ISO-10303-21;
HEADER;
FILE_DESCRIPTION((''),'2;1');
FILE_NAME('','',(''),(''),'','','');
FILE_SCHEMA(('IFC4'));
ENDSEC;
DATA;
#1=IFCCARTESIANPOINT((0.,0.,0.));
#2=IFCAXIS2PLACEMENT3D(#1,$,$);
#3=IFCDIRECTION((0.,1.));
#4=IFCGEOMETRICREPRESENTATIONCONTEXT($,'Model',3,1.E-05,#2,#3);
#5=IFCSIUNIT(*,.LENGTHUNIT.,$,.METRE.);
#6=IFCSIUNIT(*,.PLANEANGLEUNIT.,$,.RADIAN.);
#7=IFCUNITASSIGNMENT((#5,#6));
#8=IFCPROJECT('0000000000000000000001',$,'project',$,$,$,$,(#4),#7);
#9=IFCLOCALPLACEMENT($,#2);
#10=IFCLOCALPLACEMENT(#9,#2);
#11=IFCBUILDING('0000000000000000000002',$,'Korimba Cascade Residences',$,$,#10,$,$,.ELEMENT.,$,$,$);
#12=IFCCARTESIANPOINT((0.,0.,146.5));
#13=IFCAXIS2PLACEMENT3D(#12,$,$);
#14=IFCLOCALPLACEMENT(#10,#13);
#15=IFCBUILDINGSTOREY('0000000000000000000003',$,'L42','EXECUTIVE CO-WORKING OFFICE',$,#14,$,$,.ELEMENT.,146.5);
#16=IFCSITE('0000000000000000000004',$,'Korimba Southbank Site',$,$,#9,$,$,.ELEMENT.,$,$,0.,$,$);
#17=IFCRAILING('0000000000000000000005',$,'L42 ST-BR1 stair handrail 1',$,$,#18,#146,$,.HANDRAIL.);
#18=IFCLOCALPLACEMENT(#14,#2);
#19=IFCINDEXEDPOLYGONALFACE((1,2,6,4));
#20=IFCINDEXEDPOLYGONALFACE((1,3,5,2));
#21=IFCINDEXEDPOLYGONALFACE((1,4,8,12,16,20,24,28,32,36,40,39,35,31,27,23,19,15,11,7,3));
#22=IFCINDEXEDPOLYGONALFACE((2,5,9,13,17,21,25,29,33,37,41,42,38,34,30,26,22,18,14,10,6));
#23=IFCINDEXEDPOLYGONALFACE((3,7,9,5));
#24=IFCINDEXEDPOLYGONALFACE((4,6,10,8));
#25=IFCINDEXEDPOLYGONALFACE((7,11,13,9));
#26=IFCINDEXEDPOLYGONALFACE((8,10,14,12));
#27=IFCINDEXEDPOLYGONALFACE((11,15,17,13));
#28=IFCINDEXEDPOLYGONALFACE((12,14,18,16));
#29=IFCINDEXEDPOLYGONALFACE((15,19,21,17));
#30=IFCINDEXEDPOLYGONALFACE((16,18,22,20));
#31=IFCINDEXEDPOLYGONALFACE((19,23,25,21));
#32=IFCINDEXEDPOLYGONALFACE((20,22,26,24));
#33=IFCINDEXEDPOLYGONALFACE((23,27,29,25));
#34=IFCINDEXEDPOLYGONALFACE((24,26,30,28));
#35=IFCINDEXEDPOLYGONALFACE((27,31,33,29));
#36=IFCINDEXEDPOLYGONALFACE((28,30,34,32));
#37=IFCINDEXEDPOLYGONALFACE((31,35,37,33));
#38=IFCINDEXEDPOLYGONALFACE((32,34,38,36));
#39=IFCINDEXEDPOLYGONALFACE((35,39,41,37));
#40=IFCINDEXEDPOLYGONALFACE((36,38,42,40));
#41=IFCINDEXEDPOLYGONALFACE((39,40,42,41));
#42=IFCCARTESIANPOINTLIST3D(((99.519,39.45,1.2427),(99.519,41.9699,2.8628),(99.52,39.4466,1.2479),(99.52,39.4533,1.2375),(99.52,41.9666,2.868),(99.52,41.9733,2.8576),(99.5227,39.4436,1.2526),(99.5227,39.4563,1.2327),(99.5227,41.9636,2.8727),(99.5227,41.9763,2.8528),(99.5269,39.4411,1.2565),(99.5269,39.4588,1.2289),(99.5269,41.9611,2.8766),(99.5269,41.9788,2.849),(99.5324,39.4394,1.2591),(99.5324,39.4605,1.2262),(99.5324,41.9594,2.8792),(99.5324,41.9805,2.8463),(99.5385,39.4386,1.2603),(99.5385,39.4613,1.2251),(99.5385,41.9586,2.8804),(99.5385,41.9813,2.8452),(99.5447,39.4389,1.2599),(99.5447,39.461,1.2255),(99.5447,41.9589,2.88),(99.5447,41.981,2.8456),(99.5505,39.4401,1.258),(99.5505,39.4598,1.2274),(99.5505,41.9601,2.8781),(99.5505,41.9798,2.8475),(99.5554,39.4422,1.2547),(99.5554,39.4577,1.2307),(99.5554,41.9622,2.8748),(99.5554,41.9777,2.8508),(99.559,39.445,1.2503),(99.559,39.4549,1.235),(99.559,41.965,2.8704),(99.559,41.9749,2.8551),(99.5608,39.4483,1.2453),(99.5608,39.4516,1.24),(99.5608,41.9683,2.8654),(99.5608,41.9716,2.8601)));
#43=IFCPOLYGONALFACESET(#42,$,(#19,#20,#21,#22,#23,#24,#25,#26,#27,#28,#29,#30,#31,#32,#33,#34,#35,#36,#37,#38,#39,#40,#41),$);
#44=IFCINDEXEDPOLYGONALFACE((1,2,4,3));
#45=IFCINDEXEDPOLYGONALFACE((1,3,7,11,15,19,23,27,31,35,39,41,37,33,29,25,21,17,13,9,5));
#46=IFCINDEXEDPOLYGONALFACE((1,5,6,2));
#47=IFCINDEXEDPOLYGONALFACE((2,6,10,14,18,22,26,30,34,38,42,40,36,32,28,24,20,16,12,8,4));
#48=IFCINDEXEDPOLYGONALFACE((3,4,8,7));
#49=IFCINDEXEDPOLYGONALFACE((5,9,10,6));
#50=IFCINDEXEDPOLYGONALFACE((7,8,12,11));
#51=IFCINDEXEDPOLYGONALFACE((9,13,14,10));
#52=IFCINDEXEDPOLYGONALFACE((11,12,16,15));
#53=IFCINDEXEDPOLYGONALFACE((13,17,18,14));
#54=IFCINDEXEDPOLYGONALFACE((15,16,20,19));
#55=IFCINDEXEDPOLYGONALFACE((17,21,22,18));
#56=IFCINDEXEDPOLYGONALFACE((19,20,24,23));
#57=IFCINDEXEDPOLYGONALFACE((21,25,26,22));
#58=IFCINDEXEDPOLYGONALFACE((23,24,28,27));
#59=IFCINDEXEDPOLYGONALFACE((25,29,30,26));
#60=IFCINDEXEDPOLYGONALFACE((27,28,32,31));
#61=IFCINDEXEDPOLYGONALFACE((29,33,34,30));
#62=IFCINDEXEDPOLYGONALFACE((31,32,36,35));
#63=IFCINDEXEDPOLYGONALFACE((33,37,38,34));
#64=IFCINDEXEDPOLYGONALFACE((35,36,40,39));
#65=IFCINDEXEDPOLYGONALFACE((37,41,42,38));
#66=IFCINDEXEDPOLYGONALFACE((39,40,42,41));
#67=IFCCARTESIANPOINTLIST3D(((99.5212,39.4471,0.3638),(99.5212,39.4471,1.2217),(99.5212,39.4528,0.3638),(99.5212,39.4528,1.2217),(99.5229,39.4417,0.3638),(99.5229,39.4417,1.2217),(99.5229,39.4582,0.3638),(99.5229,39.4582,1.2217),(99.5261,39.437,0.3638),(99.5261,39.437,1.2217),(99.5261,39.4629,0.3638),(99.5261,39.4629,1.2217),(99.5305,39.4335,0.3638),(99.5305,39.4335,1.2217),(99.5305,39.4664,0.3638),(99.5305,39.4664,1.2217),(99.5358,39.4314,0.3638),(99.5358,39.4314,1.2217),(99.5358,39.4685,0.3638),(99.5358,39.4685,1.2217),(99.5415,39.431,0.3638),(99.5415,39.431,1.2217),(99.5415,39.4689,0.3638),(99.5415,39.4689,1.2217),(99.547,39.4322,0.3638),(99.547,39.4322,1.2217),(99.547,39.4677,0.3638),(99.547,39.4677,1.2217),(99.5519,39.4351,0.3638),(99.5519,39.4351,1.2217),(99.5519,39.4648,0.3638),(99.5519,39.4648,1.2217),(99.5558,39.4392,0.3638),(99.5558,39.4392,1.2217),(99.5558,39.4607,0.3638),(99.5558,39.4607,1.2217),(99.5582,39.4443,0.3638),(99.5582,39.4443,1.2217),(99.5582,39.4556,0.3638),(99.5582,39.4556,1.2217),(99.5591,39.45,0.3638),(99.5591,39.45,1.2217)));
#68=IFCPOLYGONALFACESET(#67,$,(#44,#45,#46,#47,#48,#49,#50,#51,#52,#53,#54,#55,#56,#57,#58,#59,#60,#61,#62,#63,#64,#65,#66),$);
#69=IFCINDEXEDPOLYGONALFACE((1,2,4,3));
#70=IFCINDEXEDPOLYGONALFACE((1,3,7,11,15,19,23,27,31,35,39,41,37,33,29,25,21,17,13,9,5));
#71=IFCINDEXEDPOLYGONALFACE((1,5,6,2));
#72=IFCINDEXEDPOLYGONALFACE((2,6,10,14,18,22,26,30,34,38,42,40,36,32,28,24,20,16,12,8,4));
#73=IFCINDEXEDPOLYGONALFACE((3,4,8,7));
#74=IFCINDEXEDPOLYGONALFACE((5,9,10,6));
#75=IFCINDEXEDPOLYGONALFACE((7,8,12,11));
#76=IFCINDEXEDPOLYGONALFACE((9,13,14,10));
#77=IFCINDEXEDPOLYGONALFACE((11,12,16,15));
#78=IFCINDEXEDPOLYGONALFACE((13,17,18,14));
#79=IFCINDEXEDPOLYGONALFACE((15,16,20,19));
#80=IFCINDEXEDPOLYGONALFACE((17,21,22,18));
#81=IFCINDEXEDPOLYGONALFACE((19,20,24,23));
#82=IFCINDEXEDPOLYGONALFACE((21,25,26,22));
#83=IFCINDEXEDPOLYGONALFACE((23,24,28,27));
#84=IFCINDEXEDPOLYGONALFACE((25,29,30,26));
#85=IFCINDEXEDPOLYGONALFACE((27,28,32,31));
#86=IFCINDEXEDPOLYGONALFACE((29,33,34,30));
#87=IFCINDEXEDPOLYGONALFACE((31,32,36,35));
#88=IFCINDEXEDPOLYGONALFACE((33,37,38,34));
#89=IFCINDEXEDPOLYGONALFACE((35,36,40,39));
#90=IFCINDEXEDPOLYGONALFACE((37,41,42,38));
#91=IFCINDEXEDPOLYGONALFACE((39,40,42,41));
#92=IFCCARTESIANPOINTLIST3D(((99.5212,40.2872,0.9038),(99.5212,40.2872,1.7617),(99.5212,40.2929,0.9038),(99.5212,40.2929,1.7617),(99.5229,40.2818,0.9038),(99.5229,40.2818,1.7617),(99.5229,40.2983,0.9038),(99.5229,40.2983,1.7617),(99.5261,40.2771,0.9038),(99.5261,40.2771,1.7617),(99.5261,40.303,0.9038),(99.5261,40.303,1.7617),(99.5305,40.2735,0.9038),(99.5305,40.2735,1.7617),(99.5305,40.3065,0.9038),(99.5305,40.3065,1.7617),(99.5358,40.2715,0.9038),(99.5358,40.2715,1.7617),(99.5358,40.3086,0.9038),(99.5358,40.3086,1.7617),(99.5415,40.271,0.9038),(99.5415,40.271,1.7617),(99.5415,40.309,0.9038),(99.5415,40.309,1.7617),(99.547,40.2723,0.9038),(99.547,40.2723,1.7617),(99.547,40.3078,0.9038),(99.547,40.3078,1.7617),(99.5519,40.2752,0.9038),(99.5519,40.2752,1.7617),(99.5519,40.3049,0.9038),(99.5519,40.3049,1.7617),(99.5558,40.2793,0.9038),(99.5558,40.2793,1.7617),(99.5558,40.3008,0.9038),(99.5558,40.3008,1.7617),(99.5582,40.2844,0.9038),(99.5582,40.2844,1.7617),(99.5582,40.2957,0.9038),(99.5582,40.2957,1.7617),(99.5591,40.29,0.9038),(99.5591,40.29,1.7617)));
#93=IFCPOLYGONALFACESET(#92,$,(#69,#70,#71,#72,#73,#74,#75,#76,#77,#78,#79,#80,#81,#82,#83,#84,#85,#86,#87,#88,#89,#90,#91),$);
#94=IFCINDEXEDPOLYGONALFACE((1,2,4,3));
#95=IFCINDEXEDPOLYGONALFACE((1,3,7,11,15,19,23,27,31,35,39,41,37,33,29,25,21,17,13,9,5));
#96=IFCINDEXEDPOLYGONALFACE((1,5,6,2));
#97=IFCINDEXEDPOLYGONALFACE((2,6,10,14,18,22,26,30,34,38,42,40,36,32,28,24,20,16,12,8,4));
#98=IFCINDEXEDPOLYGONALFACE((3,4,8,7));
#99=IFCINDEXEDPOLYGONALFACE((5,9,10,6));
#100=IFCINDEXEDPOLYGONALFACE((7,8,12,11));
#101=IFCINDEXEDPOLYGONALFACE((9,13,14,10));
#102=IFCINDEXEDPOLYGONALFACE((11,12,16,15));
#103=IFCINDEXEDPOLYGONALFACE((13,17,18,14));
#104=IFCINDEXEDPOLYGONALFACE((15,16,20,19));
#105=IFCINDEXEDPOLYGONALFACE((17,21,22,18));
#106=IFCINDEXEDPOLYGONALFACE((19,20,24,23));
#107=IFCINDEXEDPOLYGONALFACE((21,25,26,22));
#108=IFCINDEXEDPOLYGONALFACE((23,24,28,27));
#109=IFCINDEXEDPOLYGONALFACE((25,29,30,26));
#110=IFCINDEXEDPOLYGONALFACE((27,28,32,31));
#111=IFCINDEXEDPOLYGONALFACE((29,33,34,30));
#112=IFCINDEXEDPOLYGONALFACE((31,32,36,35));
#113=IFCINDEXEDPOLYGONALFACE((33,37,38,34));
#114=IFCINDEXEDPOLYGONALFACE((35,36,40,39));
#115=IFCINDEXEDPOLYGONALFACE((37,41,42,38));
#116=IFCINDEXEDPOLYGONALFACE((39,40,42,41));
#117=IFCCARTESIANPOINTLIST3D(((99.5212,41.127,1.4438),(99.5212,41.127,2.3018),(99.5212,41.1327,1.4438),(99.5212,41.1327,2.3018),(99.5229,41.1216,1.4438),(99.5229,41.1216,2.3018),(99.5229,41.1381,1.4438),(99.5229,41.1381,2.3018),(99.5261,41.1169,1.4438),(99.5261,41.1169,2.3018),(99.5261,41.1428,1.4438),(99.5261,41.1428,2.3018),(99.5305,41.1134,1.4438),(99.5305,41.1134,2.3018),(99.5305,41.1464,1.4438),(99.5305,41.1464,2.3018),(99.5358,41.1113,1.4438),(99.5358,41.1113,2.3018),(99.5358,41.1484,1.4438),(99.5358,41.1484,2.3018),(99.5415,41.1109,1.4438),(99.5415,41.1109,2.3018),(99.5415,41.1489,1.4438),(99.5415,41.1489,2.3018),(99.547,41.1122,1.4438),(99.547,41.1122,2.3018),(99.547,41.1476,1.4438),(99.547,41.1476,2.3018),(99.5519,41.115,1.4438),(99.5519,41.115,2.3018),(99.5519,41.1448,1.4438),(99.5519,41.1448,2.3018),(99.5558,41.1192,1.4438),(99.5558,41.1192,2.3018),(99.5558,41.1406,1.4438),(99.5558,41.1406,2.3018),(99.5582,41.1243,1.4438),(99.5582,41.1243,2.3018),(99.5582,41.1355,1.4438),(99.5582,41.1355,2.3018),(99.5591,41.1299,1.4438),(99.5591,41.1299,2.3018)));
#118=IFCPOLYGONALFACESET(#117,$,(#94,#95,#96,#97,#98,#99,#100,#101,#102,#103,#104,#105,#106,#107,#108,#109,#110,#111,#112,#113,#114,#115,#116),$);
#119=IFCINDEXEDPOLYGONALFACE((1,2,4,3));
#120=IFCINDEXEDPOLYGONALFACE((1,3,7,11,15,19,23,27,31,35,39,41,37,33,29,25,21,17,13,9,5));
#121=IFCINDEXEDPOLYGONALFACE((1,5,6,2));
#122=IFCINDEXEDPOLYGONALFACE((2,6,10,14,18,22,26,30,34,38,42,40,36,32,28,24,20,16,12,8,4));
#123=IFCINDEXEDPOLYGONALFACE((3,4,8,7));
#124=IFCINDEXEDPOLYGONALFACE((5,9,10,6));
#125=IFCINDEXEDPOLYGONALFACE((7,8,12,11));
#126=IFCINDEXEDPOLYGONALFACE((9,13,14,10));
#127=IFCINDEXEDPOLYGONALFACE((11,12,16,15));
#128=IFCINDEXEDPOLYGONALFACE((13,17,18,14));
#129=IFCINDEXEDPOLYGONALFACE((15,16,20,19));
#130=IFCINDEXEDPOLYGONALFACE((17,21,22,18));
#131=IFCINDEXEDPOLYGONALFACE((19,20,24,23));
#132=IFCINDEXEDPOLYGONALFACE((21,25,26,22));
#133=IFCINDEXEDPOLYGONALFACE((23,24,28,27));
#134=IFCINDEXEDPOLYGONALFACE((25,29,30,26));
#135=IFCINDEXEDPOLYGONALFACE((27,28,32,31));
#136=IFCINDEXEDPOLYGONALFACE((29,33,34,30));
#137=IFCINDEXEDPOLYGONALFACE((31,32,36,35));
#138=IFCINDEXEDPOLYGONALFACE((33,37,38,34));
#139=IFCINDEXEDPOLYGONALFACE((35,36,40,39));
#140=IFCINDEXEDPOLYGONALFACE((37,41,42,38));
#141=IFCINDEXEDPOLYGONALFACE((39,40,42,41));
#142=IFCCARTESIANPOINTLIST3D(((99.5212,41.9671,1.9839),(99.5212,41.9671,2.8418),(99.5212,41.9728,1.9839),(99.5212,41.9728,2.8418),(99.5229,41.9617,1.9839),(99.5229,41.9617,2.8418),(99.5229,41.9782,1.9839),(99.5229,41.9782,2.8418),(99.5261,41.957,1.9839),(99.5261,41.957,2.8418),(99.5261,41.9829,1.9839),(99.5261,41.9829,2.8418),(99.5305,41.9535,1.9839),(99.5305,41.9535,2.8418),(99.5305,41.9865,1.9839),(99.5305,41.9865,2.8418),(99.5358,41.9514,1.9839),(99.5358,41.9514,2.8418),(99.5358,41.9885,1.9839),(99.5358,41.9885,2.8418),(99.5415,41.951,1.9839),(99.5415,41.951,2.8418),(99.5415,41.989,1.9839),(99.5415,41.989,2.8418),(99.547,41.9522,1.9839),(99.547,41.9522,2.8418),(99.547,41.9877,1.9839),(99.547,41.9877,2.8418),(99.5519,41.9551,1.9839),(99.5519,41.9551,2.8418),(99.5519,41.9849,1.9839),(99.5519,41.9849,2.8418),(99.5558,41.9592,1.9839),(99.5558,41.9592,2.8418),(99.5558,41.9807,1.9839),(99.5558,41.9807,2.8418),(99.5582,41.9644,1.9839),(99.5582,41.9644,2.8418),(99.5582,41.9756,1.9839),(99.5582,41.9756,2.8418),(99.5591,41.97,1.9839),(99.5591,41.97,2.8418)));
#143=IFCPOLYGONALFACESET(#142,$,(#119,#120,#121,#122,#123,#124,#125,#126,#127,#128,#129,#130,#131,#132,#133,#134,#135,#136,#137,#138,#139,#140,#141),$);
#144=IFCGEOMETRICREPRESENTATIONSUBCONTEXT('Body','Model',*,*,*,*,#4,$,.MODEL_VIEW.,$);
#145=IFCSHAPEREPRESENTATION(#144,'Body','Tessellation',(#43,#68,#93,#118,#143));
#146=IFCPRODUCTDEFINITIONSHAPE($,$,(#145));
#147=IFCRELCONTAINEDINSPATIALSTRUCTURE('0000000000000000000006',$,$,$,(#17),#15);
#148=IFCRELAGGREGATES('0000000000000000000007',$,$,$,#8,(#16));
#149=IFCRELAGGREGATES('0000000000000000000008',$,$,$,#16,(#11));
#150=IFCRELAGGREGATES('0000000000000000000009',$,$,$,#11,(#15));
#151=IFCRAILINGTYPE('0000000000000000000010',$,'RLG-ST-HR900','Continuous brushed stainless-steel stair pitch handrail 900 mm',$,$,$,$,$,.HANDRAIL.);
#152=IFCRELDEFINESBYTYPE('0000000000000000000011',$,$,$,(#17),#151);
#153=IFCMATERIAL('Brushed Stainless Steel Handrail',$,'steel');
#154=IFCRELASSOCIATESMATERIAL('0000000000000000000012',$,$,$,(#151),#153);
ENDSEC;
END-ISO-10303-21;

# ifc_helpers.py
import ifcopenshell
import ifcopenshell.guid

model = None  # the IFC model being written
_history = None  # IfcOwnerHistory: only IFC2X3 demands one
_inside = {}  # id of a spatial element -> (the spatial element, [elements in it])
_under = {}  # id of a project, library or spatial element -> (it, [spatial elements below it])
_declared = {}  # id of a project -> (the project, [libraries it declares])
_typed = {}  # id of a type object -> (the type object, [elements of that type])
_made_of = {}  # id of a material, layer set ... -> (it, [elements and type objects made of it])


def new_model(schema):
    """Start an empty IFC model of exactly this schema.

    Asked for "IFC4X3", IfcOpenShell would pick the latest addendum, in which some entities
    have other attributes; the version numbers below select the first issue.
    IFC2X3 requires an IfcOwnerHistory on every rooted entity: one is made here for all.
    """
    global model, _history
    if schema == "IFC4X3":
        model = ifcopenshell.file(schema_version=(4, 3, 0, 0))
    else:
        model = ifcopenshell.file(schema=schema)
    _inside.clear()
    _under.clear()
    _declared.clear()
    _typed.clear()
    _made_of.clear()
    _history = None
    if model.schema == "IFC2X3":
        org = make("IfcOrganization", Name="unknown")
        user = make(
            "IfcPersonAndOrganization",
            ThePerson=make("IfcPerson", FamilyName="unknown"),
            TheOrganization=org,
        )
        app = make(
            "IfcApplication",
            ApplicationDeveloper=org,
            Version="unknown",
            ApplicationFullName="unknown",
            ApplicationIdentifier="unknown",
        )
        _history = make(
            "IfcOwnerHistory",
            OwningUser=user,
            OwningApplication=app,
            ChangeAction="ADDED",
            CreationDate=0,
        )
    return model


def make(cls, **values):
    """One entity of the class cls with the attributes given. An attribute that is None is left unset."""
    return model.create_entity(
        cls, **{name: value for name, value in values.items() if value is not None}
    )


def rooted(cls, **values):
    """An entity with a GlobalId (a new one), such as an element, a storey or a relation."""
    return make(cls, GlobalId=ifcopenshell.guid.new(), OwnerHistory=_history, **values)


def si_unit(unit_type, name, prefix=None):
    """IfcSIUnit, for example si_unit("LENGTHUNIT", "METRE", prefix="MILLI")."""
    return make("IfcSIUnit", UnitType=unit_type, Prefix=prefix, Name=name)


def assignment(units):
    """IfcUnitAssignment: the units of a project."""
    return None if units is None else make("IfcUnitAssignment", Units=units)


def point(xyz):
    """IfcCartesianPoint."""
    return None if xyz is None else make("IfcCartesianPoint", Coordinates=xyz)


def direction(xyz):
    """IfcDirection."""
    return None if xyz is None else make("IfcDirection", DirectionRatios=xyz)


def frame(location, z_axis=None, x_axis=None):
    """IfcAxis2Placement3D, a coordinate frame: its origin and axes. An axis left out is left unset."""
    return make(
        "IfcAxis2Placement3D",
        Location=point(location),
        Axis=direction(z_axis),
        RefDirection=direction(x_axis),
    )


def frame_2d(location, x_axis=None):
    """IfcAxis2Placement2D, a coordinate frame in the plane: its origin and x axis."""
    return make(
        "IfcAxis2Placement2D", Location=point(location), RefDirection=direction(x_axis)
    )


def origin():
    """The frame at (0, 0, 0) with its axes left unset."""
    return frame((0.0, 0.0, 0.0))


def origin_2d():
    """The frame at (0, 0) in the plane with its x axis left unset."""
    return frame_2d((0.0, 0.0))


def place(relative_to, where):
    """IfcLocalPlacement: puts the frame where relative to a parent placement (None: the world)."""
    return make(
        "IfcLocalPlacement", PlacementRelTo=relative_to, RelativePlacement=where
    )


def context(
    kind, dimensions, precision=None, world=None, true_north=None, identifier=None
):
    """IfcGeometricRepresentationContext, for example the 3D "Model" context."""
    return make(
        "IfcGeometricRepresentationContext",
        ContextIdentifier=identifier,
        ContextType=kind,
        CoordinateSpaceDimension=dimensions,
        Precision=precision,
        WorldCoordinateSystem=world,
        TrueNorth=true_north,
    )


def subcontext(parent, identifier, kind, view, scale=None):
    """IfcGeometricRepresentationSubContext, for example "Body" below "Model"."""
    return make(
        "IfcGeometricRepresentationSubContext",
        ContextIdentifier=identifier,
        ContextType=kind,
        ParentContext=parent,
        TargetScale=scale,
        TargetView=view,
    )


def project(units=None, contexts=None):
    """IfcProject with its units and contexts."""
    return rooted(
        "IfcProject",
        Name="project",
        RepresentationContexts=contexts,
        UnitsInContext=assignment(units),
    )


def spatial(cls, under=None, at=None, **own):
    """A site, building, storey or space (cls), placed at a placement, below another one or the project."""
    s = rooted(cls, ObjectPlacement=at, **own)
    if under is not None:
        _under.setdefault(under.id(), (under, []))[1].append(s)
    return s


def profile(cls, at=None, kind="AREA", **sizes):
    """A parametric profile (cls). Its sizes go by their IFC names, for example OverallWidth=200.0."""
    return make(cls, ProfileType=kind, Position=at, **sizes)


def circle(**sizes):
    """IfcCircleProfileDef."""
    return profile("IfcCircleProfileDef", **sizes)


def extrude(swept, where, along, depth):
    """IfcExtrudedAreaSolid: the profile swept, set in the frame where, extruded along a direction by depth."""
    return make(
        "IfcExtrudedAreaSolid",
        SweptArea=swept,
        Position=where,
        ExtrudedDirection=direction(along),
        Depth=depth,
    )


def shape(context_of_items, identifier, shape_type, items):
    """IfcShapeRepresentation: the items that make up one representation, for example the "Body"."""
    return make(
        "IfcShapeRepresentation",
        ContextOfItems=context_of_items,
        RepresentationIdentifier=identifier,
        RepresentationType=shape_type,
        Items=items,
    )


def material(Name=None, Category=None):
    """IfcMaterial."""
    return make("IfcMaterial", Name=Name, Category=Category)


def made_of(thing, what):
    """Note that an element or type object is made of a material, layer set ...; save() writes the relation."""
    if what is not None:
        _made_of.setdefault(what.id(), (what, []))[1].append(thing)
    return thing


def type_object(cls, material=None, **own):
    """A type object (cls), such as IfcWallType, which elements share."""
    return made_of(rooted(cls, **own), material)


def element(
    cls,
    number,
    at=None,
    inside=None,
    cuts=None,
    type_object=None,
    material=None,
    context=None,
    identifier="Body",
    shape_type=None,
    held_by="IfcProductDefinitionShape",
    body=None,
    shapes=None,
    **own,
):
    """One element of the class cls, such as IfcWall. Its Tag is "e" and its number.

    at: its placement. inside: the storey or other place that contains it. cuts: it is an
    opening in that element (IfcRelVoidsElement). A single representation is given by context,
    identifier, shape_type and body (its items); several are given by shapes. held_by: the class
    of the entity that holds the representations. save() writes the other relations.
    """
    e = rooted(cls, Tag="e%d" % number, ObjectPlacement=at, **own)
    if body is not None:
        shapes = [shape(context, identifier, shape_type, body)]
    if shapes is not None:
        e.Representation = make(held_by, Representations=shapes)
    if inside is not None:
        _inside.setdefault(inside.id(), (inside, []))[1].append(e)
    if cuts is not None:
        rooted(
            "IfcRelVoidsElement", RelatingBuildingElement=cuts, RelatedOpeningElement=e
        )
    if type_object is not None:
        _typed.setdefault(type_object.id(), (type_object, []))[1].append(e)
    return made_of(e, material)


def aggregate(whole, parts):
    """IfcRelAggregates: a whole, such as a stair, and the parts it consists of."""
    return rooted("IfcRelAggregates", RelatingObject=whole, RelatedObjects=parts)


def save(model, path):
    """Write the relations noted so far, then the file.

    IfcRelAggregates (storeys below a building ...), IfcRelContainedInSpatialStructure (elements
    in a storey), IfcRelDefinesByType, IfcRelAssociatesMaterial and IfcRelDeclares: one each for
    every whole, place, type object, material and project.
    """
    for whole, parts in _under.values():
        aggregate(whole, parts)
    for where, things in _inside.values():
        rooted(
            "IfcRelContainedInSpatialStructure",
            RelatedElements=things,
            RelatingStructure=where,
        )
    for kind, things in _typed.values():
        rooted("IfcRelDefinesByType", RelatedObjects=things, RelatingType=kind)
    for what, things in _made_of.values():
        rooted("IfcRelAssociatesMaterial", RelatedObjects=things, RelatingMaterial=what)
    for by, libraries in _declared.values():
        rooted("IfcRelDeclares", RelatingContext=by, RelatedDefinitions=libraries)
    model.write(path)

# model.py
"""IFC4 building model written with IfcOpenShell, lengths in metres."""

from ifc_helpers import new_model, si_unit, direction, frame, origin, origin_2d, place, context, subcontext, project, spatial, circle, extrude, material, type_object, element, save


model = new_model("IFC4")

# Units and contexts
model_context = context("Model", 3, precision=1e-05, world=origin(), true_north=direction((0.0, 1.0)))
body_context = subcontext(model_context, "Body", "Model", "MODEL_VIEW")
ifc_project = project(units=[si_unit("LENGTHUNIT", "METRE"), si_unit("PLANEANGLEUNIT", "RADIAN")], contexts=[model_context])

# Site, building, storey
site_placement = place(None, origin())
site = spatial("IfcSite", under=ifc_project, at=site_placement, Name="Korimba Southbank Site", CompositionType="ELEMENT", RefElevation=0.0)
building_placement = place(site_placement, origin())
building = spatial("IfcBuilding", under=site, at=building_placement, Name="Korimba Cascade Residences", CompositionType="ELEMENT")
storey_placement = place(building_placement, frame((0.0, 0.0, 146.5)))
storey = spatial("IfcBuildingStorey", under=building, at=storey_placement, Name="L42", Description="EXECUTIVE CO-WORKING OFFICE", CompositionType="ELEMENT", Elevation=146.5)

# Railing
ifc_material_1 = material(Name="Brushed Stainless Steel Handrail", Category="steel")
railing_type_1 = type_object("IfcRailingType", Name="RLG-ST-HR900", Description="Continuous brushed stainless-steel stair pitch handrail 900 mm", PredefinedType="HANDRAIL", material=ifc_material_1)
railing_1_placement = place(storey_placement, frame((99.54, 39.45, 0.3638)))
element("IfcRailing", 1, at=railing_1_placement, inside=storey, type_object=railing_type_1, Name="L42 ST-BR1 stair handrail 1", PredefinedType="HANDRAIL", context=body_context, shape_type="SweptSolid", body=[
    extrude(circle(Radius=0.021, at=origin_2d()), frame((0.0, 0.0, 0.8789), z_axis=(0.0, 0.841163, 0.540782), x_axis=(-1.0, 0.0, 0.0)), (0.0, 0.0, 1.0), 2.9958),
    extrude(circle(Radius=0.019, at=origin_2d()), origin(), (0.0, 0.0, 1.0), 0.8579),
    extrude(circle(Radius=0.019, at=origin_2d()), frame((0.0, 0.8401, 0.54)), (0.0, 0.0, 1.0), 0.8579),
    extrude(circle(Radius=0.019, at=origin_2d()), frame((0.0, 1.6799, 1.0801)), (0.0, 0.0, 1.0), 0.8579),
    extrude(circle(Radius=0.019, at=origin_2d()), frame((0.0, 2.52, 1.6201)), (0.0, 0.0, 1.0), 0.8579),
])

save(model, "model.ifc")
